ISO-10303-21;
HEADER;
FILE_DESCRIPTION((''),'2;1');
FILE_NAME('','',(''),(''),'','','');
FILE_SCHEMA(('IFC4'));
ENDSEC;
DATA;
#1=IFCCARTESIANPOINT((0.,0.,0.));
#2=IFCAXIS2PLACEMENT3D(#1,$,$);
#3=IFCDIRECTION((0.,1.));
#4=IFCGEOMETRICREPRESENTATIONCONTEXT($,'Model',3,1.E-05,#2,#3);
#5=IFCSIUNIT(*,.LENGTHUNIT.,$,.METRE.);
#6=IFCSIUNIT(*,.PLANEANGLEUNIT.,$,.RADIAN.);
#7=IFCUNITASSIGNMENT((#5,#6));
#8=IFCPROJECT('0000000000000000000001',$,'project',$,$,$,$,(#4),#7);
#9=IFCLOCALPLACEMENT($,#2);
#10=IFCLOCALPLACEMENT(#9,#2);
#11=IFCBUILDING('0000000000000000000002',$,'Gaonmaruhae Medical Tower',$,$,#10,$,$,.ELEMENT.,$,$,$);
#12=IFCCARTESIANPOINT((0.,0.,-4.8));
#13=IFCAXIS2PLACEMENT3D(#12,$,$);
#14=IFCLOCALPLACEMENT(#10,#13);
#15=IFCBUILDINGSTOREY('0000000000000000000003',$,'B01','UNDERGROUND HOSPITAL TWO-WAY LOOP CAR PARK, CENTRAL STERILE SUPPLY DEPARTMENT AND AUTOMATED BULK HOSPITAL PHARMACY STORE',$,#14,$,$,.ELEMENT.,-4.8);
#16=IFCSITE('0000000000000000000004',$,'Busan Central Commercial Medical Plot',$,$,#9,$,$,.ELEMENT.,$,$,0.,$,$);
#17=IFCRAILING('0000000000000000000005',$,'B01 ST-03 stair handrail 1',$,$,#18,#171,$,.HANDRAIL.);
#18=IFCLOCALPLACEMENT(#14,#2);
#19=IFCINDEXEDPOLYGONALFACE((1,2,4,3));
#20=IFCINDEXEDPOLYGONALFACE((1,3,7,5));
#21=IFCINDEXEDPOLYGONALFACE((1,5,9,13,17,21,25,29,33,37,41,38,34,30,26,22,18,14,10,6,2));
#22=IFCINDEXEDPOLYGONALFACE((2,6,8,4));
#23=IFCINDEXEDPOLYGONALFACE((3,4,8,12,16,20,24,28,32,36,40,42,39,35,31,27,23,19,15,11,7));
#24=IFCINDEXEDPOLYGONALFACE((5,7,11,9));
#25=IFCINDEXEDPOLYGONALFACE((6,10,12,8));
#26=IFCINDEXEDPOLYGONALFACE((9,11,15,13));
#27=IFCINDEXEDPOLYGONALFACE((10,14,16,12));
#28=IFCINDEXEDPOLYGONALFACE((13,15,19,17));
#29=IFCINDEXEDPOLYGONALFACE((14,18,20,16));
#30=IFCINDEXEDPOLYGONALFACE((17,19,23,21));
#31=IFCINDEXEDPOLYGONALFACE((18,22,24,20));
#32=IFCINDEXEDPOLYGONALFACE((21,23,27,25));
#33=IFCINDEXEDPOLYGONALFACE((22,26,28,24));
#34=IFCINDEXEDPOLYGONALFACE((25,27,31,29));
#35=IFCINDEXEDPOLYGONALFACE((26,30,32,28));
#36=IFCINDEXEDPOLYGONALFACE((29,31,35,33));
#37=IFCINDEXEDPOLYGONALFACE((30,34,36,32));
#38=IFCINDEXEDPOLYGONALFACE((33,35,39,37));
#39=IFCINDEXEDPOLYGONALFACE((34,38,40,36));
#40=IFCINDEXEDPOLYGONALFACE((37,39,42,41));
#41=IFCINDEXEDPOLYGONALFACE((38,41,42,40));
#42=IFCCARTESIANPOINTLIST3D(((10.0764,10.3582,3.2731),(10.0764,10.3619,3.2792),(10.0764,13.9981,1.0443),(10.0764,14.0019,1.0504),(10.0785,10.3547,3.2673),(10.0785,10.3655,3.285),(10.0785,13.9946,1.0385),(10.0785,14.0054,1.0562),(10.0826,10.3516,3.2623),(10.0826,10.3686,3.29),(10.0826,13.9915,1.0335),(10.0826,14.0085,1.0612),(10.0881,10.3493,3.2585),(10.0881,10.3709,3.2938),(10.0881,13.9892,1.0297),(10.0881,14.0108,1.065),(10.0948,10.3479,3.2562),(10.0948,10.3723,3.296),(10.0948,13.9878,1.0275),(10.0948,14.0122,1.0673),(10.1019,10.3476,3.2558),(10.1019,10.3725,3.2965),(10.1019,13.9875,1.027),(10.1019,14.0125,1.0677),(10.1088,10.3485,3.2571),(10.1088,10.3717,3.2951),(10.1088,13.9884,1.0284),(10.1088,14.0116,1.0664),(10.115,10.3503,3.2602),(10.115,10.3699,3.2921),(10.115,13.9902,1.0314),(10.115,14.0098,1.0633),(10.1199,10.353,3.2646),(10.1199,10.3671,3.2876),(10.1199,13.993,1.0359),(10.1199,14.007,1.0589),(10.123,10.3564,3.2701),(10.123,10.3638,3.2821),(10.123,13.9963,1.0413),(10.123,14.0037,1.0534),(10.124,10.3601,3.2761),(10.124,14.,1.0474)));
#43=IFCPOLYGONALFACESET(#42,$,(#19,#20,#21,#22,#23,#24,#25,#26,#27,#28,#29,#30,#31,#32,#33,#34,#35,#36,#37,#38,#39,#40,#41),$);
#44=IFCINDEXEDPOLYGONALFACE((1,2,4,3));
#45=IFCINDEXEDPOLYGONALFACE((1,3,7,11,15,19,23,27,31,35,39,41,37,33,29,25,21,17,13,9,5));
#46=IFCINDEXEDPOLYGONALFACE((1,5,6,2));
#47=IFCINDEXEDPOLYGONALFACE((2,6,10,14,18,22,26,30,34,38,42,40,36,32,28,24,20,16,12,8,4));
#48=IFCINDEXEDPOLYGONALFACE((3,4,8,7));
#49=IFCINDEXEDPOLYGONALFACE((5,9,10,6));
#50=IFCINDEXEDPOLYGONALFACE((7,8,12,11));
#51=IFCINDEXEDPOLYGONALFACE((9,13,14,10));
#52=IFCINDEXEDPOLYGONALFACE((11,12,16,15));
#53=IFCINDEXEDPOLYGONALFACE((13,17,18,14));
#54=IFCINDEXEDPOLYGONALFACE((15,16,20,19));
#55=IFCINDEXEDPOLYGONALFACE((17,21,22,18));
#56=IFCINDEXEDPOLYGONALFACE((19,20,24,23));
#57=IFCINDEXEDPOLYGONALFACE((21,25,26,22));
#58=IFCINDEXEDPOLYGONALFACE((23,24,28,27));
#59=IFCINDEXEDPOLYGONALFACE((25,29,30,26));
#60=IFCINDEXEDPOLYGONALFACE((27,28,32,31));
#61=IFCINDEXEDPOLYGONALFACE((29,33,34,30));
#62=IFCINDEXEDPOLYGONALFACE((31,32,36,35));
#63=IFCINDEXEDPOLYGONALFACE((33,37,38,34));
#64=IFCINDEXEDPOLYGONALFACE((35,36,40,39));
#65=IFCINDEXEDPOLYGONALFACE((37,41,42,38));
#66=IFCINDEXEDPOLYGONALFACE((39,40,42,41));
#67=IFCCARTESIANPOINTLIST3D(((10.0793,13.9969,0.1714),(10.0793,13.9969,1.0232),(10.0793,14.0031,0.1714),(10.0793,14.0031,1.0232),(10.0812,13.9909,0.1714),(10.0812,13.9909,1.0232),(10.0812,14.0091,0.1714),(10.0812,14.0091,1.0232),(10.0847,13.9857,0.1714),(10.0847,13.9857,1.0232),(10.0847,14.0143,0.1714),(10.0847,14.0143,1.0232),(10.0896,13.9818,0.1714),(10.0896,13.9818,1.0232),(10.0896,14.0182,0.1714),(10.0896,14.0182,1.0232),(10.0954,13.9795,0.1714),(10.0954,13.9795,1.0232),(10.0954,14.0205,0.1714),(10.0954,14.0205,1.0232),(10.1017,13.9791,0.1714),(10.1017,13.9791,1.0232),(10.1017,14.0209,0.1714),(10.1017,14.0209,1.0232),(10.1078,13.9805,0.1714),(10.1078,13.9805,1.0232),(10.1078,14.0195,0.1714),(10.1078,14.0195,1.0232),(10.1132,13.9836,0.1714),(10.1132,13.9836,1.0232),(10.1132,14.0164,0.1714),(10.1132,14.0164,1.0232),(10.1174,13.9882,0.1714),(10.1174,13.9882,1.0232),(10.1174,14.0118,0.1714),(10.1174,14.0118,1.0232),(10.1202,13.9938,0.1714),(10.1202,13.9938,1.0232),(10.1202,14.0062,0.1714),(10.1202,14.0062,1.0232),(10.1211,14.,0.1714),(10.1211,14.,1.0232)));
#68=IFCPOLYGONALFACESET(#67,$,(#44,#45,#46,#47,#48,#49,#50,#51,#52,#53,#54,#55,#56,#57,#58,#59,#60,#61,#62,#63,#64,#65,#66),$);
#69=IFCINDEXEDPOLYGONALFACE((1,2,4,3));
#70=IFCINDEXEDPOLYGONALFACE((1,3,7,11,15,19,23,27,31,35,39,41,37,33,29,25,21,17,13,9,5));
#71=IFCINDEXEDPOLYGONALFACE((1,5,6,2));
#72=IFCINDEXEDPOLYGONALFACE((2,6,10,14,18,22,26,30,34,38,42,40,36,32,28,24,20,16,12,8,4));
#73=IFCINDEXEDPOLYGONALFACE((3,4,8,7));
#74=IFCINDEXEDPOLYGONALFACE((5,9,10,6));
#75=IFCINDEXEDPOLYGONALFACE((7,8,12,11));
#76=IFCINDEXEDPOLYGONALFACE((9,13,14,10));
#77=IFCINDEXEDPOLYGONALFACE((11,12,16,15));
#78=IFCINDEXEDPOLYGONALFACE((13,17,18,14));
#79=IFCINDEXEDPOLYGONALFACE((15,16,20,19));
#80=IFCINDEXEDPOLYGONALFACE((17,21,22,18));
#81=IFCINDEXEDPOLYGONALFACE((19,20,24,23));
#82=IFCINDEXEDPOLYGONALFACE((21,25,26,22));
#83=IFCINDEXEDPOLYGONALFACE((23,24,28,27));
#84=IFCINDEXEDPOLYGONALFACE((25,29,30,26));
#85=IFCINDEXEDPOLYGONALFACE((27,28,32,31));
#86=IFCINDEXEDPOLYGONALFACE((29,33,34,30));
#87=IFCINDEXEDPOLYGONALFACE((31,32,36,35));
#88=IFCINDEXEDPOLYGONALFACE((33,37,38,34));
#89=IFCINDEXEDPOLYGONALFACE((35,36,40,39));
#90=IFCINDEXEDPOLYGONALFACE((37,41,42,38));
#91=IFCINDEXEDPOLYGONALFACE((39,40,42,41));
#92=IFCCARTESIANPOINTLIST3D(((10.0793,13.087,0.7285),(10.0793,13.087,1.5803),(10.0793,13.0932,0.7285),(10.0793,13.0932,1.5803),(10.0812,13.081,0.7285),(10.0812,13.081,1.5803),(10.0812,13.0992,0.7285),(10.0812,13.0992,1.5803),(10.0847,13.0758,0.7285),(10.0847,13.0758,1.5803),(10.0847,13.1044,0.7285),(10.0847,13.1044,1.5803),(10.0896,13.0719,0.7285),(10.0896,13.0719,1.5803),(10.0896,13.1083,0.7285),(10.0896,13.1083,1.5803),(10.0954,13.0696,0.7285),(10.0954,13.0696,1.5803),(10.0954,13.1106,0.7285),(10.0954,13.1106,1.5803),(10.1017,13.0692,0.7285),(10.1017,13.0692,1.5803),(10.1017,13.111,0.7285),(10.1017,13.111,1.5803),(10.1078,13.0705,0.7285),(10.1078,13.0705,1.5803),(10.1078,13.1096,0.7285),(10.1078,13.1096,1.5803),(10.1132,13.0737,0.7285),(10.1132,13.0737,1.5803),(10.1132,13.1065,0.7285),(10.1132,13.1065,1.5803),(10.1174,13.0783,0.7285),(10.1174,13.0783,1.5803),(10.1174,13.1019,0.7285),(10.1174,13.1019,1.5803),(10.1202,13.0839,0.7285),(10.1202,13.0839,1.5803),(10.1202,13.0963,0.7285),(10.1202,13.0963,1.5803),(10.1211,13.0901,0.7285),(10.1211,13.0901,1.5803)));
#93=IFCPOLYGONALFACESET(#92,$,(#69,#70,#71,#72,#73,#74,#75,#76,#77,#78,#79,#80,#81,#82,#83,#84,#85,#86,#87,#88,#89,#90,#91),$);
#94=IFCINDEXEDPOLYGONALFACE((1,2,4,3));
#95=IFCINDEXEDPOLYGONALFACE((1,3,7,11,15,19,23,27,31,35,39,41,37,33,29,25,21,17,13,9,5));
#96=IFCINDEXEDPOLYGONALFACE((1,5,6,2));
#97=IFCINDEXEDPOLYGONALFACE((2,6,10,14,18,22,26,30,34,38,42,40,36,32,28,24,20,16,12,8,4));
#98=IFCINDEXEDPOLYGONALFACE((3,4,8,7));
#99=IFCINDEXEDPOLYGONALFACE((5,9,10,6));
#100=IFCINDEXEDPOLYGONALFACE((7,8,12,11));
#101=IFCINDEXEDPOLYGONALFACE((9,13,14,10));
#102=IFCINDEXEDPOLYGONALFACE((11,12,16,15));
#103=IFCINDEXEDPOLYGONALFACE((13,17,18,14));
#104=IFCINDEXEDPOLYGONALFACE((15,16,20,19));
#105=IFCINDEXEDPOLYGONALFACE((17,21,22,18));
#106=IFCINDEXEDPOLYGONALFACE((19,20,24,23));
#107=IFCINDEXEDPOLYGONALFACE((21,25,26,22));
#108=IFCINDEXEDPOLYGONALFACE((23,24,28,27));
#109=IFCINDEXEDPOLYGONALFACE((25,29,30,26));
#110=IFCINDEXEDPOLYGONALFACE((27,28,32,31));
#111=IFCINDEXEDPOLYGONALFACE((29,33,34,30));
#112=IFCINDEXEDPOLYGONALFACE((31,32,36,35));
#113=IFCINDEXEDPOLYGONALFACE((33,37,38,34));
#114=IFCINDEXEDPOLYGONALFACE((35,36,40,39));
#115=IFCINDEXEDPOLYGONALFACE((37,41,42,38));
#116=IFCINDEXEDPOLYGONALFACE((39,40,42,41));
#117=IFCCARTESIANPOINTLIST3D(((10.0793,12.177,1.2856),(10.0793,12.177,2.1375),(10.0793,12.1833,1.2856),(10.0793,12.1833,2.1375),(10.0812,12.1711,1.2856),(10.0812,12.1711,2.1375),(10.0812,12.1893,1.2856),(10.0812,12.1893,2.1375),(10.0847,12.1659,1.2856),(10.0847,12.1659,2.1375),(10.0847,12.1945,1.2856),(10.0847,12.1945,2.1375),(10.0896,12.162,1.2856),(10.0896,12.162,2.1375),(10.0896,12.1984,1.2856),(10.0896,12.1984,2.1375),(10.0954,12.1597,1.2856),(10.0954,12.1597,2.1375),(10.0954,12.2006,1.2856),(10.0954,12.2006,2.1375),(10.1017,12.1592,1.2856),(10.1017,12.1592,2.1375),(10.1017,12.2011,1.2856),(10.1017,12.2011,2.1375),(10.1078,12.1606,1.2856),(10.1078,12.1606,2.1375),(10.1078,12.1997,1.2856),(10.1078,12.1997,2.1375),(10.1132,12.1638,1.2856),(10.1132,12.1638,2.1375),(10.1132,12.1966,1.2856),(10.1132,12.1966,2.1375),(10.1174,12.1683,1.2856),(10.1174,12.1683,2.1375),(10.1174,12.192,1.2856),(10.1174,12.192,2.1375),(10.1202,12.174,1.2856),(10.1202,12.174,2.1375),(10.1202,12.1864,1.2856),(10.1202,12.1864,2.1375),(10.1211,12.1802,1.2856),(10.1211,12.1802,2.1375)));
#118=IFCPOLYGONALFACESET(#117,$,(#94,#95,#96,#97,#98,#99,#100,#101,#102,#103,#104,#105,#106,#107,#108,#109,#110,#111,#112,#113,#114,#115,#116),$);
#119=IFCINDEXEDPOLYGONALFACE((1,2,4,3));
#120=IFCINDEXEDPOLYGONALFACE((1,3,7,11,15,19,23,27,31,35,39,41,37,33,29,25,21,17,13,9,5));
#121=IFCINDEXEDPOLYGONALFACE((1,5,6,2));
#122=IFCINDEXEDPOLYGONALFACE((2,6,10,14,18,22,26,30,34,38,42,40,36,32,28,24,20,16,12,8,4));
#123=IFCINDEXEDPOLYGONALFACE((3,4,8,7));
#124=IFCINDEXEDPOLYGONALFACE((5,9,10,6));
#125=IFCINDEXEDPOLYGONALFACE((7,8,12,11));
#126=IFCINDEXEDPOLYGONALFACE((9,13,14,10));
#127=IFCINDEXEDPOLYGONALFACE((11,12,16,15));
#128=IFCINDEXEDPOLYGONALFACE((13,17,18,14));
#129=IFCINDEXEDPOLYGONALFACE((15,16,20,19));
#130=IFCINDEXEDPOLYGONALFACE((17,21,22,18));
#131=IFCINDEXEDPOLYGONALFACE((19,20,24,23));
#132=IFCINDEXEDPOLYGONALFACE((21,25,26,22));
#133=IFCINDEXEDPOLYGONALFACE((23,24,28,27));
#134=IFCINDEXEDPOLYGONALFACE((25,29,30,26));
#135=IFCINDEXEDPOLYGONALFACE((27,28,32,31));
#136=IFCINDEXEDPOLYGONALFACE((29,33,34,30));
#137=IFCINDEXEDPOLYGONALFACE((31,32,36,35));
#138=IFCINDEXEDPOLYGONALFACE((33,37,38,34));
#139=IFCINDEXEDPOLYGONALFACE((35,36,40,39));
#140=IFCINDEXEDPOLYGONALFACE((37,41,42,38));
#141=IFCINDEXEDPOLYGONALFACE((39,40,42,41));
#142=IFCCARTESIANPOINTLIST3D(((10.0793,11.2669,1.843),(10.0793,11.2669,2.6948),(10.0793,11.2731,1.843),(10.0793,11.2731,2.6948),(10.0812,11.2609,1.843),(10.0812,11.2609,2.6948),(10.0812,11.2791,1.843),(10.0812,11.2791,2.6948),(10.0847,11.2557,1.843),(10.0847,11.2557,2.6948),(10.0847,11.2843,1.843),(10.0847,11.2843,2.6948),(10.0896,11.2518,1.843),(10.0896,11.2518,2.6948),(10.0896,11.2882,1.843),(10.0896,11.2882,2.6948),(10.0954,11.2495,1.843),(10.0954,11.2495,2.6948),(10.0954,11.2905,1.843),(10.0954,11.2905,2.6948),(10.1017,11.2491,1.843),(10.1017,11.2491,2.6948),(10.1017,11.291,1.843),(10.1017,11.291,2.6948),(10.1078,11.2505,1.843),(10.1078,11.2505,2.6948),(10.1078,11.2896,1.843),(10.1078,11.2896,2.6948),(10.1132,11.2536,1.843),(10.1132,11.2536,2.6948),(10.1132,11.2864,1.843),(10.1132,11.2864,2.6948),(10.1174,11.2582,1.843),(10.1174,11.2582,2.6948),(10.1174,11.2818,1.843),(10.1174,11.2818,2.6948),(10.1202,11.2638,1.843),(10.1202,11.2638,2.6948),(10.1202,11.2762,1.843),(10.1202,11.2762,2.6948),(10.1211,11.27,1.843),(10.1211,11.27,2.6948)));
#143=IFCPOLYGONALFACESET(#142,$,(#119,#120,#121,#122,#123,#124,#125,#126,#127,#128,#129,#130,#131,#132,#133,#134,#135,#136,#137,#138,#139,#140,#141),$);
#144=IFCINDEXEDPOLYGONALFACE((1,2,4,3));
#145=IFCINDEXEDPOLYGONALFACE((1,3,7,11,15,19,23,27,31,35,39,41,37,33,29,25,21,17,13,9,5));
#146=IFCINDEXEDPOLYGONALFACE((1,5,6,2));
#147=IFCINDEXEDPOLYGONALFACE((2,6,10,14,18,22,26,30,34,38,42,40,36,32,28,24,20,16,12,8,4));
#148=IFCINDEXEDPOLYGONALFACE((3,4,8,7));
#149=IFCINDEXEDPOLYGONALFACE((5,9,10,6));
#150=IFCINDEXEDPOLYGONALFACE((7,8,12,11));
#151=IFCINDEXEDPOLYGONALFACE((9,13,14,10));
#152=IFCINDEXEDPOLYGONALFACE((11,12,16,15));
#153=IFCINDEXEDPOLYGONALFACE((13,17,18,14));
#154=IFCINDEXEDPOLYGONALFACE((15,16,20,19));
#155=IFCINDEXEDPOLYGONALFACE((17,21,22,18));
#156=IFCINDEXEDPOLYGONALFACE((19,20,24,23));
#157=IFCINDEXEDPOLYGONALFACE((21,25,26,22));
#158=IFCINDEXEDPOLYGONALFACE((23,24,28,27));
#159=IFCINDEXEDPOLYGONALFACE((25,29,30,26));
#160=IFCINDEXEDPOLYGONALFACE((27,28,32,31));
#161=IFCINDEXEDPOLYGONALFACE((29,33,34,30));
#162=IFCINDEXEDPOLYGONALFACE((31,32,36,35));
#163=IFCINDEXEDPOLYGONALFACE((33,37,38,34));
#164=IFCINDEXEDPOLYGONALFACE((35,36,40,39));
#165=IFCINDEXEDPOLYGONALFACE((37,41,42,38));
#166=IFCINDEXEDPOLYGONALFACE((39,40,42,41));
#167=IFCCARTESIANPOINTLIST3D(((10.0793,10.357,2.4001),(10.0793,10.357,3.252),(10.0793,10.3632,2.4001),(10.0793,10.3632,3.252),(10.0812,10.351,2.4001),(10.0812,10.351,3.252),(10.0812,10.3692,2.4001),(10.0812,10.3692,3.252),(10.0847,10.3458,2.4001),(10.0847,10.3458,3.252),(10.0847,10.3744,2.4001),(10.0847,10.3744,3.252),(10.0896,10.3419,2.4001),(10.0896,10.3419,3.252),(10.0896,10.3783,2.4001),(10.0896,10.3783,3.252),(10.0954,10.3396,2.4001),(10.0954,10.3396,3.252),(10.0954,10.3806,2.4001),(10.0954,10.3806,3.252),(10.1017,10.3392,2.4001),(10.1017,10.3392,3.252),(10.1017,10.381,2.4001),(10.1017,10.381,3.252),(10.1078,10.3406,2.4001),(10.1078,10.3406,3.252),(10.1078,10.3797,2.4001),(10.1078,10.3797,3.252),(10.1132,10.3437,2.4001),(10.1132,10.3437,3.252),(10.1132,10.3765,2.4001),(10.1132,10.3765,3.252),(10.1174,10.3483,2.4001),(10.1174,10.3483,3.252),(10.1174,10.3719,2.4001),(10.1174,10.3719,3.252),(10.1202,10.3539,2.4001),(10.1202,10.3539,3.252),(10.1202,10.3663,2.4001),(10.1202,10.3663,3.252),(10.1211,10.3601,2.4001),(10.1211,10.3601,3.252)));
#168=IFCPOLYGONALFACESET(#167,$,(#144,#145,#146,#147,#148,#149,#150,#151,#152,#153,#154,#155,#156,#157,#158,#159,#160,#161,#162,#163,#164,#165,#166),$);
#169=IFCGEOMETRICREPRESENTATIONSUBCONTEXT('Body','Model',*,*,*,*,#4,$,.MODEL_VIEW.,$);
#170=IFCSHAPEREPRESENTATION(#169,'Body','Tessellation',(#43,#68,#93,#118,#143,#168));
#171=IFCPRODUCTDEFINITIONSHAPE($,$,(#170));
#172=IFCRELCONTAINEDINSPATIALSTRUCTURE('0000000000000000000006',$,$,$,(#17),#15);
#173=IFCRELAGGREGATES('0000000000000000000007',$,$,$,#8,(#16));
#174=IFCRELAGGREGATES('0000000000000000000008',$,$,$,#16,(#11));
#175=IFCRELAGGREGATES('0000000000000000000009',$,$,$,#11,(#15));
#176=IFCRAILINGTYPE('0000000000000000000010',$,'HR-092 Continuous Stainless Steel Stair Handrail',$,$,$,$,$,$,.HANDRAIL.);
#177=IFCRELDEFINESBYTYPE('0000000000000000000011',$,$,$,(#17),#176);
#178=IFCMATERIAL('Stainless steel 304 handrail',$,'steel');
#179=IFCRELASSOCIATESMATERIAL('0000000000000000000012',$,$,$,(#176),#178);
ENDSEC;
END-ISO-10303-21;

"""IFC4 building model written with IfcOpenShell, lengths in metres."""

from ifc_helpers import new_model, si_unit, direction, frame, origin, origin_2d, place, context, subcontext, project, spatial, circle, extrude, material, type_object, element, save


model = new_model("IFC4")

# Units and contexts
model_context = context("Model", 3, precision=1e-05, world=origin(), true_north=direction((0.0, 1.0)))
body_context = subcontext(model_context, "Body", "Model", "MODEL_VIEW")
ifc_project = project(units=[si_unit("LENGTHUNIT", "METRE"), si_unit("PLANEANGLEUNIT", "RADIAN")], contexts=[model_context])

# Site, building, storey
site_placement = place(None, origin())
site = spatial("IfcSite", under=ifc_project, at=site_placement, Name="Busan Central Commercial Medical Plot", CompositionType="ELEMENT", RefElevation=0.0)
building_placement = place(site_placement, origin())
building = spatial("IfcBuilding", under=site, at=building_placement, Name="Gaonmaruhae Medical Tower", CompositionType="ELEMENT")
storey_placement = place(building_placement, frame((0.0, 0.0, -4.8)))
storey = spatial("IfcBuildingStorey", under=building, at=storey_placement, Name="B01", Description="UNDERGROUND HOSPITAL TWO-WAY LOOP CAR PARK, CENTRAL STERILE SUPPLY DEPARTMENT AND AUTOMATED BULK HOSPITAL PHARMACY STORE", CompositionType="ELEMENT", Elevation=-4.8)

# Railing
ifc_material_1 = material(Name="Stainless steel 304 handrail", Category="steel")
railing_type_1 = type_object("IfcRailingType", Name="HR-092 Continuous Stainless Steel Stair Handrail", PredefinedType="HANDRAIL", material=ifc_material_1)
for number, where, name in (
    (1, (10.1001, 14.0, 0.1714), "B01 ST-03 stair handrail 1"),
):
    element("IfcRailing", number, at=place(storey_placement, frame(where)), inside=storey, type_object=railing_type_1, Name=name, PredefinedType="HANDRAIL", context=body_context, shape_type="SweptSolid", body=[
        extrude(circle(Radius=0.0239, at=origin_2d()), frame((0.0, 0.0, 0.876), z_axis=(0.0, -0.852825, 0.522197), x_axis=(1.0, 0.0, 0.0)), (0.0, 0.0, 1.0), 4.2681),
        extrude(circle(Radius=0.021, at=origin_2d()), origin(), (0.0, 0.0, 1.0), 0.8518),
        extrude(circle(Radius=0.021, at=origin_2d()), frame((0.0, -0.9099, 0.5571)), (0.0, 0.0, 1.0), 0.8518),
        extrude(circle(Radius=0.021, at=origin_2d()), frame((0.0, -1.8198, 1.1143)), (0.0, 0.0, 1.0), 0.8518),
        extrude(circle(Radius=0.021, at=origin_2d()), frame((0.0, -2.73, 1.6716)), (0.0, 0.0, 1.0), 0.8518),
        extrude(circle(Radius=0.021, at=origin_2d()), frame((0.0, -3.6399, 2.2288)), (0.0, 0.0, 1.0), 0.8518),
    ])

save(model, "model.ifc")
